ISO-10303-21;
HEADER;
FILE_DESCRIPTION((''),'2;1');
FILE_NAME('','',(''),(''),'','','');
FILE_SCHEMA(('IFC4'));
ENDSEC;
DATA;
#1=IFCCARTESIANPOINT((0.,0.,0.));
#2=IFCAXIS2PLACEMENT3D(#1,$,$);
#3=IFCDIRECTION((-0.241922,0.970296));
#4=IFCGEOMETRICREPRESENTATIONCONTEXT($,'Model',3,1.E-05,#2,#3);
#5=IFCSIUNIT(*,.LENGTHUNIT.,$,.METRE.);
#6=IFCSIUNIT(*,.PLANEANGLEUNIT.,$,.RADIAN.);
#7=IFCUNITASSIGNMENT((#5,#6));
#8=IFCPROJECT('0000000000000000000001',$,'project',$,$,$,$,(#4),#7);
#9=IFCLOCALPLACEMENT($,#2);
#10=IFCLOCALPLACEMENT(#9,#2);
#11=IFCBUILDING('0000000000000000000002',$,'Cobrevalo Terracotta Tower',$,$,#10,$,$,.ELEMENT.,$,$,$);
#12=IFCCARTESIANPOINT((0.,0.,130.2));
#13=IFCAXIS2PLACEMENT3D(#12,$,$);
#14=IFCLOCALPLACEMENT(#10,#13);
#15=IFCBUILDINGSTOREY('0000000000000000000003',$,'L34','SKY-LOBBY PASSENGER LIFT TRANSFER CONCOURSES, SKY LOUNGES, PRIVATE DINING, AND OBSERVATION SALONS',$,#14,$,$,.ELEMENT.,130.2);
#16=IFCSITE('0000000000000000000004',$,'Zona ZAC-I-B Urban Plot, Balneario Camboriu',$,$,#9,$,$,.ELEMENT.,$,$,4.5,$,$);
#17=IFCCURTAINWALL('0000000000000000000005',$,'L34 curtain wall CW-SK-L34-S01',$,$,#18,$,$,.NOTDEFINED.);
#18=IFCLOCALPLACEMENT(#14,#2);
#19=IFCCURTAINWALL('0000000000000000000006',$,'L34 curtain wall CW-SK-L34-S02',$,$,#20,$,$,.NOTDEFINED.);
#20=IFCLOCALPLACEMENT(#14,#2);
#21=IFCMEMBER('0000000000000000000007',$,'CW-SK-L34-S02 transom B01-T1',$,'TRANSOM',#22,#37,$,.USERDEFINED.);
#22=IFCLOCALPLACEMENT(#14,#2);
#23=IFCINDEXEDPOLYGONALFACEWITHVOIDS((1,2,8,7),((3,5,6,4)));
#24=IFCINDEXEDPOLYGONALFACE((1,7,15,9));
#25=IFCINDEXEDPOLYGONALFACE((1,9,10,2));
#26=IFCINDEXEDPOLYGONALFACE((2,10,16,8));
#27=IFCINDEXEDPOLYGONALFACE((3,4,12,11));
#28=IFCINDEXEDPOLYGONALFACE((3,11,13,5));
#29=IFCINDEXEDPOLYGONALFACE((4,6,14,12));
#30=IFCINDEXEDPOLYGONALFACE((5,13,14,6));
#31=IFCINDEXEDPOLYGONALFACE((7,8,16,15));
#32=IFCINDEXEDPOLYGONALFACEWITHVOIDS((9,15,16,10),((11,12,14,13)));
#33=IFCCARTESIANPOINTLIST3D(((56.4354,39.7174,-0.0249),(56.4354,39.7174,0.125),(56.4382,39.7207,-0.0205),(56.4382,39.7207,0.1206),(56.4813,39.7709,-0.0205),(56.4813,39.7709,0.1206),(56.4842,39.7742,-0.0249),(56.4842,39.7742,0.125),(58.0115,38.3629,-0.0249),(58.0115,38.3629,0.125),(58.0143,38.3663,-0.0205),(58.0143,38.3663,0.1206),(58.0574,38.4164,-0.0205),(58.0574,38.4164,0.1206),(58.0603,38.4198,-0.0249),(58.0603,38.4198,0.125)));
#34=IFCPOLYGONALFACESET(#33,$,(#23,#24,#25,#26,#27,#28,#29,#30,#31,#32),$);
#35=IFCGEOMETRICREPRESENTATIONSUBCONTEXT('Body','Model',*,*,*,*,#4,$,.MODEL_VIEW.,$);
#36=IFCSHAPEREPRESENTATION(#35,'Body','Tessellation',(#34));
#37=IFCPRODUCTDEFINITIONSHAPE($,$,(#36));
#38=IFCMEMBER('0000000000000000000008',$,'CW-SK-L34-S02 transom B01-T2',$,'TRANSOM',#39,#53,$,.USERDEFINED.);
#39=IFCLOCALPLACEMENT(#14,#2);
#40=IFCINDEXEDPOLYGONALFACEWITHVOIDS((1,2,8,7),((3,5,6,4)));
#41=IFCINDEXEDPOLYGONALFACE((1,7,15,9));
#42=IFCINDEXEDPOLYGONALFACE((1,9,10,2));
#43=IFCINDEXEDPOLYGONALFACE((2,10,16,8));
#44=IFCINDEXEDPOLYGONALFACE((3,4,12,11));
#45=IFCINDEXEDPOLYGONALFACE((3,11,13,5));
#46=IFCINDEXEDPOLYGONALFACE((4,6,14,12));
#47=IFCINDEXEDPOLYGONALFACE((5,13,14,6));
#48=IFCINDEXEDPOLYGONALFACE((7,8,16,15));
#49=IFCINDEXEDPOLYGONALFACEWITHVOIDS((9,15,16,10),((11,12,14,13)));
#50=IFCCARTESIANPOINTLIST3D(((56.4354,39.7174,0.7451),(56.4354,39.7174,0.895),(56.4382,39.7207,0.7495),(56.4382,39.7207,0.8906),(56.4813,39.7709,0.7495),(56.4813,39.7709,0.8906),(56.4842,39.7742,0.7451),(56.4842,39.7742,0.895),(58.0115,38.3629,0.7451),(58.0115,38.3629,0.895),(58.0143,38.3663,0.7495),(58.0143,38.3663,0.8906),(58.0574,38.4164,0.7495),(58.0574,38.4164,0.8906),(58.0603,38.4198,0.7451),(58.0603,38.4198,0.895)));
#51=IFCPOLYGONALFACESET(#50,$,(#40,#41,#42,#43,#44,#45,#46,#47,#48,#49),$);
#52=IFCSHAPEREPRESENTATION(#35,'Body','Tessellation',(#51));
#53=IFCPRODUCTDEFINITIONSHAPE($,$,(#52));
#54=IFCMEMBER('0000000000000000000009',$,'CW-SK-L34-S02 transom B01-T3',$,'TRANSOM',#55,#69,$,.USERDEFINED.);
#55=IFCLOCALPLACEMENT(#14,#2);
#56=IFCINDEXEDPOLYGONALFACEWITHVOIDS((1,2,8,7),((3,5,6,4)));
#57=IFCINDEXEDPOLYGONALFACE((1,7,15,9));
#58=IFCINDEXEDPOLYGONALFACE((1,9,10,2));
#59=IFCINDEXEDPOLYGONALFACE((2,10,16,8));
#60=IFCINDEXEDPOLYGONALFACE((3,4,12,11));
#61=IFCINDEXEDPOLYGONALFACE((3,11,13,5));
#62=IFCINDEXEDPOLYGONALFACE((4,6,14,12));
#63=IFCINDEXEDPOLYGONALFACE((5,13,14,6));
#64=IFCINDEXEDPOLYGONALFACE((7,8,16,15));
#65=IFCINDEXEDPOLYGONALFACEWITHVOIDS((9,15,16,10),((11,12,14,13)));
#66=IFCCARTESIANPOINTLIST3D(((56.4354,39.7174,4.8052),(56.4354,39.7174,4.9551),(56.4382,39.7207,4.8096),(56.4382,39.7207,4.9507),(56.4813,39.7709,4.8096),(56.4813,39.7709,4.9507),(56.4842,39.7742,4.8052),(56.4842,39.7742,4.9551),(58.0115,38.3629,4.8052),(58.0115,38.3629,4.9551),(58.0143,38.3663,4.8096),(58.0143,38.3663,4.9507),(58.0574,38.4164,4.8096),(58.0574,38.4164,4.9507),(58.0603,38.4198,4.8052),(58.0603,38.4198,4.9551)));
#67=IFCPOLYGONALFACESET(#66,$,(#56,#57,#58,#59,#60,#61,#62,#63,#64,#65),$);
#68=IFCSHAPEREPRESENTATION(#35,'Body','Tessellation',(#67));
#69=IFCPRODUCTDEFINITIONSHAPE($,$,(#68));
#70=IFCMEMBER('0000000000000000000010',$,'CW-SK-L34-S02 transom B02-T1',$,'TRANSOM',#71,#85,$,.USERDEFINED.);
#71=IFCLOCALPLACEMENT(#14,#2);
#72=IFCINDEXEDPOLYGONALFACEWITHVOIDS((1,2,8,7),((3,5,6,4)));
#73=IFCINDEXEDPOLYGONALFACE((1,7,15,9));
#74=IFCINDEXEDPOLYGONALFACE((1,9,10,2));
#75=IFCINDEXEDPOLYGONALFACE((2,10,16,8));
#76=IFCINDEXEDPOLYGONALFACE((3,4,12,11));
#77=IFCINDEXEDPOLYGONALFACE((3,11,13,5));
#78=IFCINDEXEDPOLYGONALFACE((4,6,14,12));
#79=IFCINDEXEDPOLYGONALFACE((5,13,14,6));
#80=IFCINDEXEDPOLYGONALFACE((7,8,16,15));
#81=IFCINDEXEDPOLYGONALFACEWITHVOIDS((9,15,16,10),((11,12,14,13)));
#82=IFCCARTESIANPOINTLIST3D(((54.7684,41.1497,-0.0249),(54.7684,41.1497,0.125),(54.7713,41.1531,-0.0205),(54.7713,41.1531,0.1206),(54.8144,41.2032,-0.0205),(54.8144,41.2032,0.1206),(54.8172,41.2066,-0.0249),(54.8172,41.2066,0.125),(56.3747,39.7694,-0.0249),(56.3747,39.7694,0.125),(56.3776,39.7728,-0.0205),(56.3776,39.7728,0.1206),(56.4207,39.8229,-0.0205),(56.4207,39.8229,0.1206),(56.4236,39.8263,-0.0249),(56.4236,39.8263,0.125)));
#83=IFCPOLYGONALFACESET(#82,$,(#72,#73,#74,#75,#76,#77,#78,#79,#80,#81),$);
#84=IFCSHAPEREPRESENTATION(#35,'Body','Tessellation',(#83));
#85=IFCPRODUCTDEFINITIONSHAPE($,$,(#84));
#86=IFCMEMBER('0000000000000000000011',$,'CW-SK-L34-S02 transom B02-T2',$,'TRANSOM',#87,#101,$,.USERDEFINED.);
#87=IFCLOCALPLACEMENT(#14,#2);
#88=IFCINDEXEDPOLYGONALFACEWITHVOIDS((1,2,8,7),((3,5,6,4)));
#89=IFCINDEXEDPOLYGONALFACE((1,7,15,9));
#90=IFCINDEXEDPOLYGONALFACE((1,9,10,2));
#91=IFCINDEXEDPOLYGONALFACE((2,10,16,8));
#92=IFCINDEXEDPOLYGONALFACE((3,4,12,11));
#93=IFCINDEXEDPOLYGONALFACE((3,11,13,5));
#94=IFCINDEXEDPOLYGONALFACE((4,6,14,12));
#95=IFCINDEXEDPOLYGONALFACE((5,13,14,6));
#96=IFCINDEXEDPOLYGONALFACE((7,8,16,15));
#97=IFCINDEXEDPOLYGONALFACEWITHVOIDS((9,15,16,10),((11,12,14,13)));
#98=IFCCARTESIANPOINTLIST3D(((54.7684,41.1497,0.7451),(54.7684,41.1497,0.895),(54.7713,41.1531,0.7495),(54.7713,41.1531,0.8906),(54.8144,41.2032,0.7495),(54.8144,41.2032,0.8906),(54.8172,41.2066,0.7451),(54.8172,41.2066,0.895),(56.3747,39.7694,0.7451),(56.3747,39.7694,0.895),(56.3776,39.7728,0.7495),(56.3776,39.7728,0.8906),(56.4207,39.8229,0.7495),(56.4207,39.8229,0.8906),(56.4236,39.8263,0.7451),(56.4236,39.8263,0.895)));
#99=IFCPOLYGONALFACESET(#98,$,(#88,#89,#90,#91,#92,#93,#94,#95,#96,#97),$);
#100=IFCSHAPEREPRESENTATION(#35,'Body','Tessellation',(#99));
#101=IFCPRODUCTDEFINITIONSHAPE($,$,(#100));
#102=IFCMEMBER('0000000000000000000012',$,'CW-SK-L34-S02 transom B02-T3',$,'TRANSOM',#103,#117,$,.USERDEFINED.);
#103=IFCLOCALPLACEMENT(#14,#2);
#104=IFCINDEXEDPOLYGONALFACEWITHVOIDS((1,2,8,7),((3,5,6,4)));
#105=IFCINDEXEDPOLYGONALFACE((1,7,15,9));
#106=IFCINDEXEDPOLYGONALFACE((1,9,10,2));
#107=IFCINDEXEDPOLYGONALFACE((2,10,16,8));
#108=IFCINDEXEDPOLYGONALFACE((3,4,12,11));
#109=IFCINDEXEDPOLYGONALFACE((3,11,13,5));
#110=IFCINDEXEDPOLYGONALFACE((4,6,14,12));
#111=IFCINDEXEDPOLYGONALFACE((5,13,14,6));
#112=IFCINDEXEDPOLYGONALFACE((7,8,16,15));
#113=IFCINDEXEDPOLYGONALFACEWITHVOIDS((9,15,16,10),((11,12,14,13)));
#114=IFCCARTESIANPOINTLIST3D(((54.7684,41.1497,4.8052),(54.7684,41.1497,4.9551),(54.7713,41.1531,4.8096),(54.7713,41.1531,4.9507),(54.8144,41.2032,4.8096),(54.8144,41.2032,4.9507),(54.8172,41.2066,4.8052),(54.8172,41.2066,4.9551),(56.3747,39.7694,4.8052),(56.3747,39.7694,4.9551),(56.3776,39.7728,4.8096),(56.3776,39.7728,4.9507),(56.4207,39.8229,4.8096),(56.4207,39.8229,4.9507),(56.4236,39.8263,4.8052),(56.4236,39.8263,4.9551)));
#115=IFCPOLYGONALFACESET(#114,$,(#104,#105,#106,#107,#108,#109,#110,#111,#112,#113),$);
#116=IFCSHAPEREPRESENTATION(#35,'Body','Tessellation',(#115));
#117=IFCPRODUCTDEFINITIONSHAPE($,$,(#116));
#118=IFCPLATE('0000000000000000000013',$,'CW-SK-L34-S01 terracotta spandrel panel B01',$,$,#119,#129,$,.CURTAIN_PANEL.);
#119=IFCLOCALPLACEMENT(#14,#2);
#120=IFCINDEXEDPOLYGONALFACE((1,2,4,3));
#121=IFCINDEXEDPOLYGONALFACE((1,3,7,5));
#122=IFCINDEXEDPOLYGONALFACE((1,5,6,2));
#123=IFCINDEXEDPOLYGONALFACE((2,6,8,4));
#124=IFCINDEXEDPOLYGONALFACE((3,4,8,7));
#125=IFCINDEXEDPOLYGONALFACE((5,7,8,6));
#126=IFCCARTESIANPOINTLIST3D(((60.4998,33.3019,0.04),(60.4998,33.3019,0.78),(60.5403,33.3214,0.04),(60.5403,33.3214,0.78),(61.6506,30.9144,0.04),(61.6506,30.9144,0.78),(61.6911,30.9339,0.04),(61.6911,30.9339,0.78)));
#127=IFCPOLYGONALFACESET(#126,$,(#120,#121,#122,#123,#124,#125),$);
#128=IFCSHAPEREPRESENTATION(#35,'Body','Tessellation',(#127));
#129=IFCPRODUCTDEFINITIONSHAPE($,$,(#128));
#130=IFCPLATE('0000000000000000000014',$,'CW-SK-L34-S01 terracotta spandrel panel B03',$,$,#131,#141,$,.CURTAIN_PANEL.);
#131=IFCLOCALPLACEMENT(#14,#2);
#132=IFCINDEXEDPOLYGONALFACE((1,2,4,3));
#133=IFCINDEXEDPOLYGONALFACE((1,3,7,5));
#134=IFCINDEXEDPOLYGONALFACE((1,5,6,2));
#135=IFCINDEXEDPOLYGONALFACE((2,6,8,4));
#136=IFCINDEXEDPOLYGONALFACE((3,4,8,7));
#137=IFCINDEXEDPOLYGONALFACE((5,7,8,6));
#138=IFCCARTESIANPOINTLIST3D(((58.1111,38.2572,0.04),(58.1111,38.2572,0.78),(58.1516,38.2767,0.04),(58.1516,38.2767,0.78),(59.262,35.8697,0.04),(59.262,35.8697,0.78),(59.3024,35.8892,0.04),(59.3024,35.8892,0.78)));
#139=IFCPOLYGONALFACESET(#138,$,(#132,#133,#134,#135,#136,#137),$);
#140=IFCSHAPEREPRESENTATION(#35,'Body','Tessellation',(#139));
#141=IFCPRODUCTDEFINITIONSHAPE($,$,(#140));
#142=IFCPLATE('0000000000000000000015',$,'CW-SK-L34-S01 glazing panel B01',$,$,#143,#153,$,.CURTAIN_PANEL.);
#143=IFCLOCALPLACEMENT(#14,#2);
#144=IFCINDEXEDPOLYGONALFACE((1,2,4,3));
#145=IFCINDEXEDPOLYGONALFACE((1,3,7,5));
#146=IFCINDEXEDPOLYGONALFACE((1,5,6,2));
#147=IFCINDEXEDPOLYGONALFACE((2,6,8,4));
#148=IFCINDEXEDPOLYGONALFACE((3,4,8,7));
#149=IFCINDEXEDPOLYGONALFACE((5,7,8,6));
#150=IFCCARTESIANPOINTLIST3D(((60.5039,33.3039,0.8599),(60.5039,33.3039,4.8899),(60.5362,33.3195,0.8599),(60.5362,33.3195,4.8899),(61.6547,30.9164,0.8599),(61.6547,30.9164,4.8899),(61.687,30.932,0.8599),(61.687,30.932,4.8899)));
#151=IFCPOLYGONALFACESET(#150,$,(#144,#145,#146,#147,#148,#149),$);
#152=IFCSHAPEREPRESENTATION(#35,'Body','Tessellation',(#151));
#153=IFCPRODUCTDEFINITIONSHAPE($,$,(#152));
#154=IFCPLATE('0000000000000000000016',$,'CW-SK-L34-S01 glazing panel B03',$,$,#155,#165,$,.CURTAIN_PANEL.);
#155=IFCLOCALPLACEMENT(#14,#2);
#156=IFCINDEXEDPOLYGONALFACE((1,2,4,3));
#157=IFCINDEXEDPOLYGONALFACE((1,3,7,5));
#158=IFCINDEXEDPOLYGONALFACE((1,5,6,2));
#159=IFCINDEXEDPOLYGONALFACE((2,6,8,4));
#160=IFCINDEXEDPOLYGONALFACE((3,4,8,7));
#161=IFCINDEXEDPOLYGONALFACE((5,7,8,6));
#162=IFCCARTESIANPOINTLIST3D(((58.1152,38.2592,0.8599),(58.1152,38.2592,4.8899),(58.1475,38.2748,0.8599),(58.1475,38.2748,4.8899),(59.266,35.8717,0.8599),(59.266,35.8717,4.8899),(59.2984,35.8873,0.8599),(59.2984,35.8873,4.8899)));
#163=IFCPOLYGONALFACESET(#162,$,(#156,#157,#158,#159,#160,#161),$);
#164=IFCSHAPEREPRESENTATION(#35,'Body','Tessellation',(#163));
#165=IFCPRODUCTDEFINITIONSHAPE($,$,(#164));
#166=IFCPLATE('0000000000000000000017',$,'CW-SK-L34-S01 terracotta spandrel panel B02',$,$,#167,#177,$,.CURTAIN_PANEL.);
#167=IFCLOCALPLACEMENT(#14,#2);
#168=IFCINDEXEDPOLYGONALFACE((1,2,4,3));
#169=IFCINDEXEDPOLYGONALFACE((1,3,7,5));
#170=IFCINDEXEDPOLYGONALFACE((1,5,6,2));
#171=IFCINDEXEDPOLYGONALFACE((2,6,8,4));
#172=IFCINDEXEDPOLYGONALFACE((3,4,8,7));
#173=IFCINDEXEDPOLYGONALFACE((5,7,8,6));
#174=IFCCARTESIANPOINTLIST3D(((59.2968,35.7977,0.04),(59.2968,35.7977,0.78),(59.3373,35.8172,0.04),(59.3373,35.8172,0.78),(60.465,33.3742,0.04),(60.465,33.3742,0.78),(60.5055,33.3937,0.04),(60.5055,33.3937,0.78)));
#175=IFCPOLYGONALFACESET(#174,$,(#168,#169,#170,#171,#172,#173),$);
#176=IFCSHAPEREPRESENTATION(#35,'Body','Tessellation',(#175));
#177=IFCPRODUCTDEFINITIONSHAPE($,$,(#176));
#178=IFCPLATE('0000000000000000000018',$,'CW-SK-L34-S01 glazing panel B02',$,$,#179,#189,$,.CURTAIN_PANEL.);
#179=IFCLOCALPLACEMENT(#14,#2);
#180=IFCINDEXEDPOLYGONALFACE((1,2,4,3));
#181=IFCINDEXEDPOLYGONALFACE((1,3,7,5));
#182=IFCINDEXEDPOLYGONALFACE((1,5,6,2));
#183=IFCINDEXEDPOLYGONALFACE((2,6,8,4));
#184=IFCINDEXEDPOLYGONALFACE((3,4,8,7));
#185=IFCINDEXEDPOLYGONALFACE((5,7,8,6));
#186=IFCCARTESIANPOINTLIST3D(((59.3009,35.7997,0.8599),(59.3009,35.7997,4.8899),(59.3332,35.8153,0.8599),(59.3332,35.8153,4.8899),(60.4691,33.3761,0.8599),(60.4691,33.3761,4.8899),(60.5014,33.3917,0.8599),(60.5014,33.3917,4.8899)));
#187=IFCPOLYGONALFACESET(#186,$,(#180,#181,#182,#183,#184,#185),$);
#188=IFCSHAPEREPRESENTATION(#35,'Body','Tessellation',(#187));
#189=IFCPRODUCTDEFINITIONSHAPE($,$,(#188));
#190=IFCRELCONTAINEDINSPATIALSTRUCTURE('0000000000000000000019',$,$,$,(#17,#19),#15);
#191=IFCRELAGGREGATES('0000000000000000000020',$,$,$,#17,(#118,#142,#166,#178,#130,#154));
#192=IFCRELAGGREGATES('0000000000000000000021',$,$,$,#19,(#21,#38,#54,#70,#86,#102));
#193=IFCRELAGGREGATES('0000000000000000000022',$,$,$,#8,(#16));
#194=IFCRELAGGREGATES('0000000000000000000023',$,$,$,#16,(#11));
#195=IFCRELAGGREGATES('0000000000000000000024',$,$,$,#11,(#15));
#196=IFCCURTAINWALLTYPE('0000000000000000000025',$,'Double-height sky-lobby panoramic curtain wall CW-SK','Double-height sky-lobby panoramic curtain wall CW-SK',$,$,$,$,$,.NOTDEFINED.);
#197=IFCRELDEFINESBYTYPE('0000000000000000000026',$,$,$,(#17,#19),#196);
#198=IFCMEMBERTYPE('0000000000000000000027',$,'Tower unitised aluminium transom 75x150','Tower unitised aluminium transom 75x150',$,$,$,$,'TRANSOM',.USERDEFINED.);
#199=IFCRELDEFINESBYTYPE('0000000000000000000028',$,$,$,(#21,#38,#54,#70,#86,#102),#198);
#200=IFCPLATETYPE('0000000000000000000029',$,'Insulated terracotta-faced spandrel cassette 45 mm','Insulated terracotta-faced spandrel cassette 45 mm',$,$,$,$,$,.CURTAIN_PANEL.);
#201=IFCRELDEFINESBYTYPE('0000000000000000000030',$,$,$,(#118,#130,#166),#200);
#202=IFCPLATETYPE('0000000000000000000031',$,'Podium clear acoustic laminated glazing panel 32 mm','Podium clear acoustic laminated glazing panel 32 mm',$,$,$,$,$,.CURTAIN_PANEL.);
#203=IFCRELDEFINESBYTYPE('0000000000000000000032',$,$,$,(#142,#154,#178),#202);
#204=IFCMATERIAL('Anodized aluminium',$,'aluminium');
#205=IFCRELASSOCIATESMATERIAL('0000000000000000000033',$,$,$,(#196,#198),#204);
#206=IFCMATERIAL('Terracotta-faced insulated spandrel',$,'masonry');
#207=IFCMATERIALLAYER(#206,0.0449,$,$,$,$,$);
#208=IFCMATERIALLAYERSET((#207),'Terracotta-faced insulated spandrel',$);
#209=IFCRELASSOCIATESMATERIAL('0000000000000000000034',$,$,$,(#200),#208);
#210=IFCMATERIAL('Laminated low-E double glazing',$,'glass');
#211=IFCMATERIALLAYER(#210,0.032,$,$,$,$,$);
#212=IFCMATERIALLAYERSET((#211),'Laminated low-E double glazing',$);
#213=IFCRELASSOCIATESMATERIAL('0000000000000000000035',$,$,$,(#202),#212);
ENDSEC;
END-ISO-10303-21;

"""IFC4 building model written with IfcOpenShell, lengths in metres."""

from ifc_helpers import new_model, si_unit, direction, frame, origin, origin_2d, place, context, subcontext, project, spatial, rectangle, hollow_rectangle, extrude, source, transform, mapped, material, layer, layer_set, material_profile, profile_set, type_object, element, aggregate, save


model = new_model("IFC4")

# Units and contexts
model_context = context("Model", 3, precision=1e-05, world=origin(), true_north=direction((-0.241922, 0.970296)))
body_context = subcontext(model_context, "Body", "Model", "MODEL_VIEW")
ifc_project = project(units=[si_unit("LENGTHUNIT", "METRE"), si_unit("PLANEANGLEUNIT", "RADIAN")], contexts=[model_context])

# Site, building, storey
site_placement = place(None, origin())
site = spatial("IfcSite", under=ifc_project, at=site_placement, Name="Zona ZAC-I-B Urban Plot, Balneario Camboriu", CompositionType="ELEMENT", RefElevation=4.5)
building_placement = place(site_placement, origin())
building = spatial("IfcBuilding", under=site, at=building_placement, Name="Cobrevalo Terracotta Tower", CompositionType="ELEMENT")
storey_placement = place(building_placement, frame((0.0, 0.0, 130.2)))
storey = spatial("IfcBuildingStorey", under=building, at=storey_placement, Name="L34", Description="SKY-LOBBY PASSENGER LIFT TRANSFER CONCOURSES, SKY LOUNGES, PRIVATE DINING, AND OBSERVATION SALONS", CompositionType="ELEMENT", Elevation=130.2)

# Curtain walls
ifc_material_1 = material(Name="Anodized aluminium", Category="aluminium")
curtain_wall_type = type_object("IfcCurtainWallType", Name="Double-height sky-lobby panoramic curtain wall CW-SK", Description="Double-height sky-lobby panoramic curtain wall CW-SK", PredefinedType="NOTDEFINED", material=ifc_material_1)
curtain_wall_1_placement = place(storey_placement, origin())
curtain_wall_1 = element("IfcCurtainWall", 1, at=curtain_wall_1_placement, inside=storey, type_object=curtain_wall_type, Name="L34 curtain wall CW-SK-L34-S01", PredefinedType="NOTDEFINED")
curtain_wall_2_placement = place(storey_placement, origin())
curtain_wall_2 = element("IfcCurtainWall", 2, at=curtain_wall_2_placement, inside=storey, type_object=curtain_wall_type, Name="L34 curtain wall CW-SK-L34-S02", PredefinedType="NOTDEFINED")

# Members
ifc_material_profile_1 = material_profile(ifc_material_1, hollow_rectangle(XDim=0.075, YDim=0.1499, WallThickness=0.0044, at=origin_2d()), Name="CWT 75x150")
ifc_profile_set_1 = profile_set([ifc_material_profile_1], Name="Anodized aluminium")
member_type_1 = type_object("IfcMemberType", Name="Tower unitised aluminium transom 75x150", Description="Tower unitised aluminium transom 75x150", ElementType="TRANSOM", PredefinedType="USERDEFINED", material=ifc_profile_set_1)
shared_shape_1 = source(origin(), body_context, "Body", "SweptSolid", [
    extrude(hollow_rectangle(XDim=0.075, YDim=0.1499, WallThickness=0.0044, at=origin_2d()), origin(), (0.0, 0.0, 1.0), 2.0781),
])
member_1_placement = place(storey_placement, frame((58.0359, 38.3914, 0.05), z_axis=(-0.758427, 0.651758, 0.0), x_axis=(-0.651758, -0.758427, 0.0)))
member_1 = element("IfcMember", 3, at=member_1_placement, type_object=member_type_1, Name="CW-SK-L34-S02 transom B01-T1", ObjectType="TRANSOM", PredefinedType="USERDEFINED", context=body_context, shape_type="MappedRepresentation", body=[
    mapped(shared_shape_1, transform((0.0, 0.0, 0.0), scale=1.0)),
])
member_2_placement = place(storey_placement, frame((58.0359, 38.3914, 0.8201), z_axis=(-0.758427, 0.651758, 0.0), x_axis=(-0.651758, -0.758427, 0.0)))
member_2 = element("IfcMember", 4, at=member_2_placement, type_object=member_type_1, Name="CW-SK-L34-S02 transom B01-T2", ObjectType="TRANSOM", PredefinedType="USERDEFINED", context=body_context, shape_type="MappedRepresentation", body=[
    mapped(shared_shape_1, transform((0.0, 0.0, 0.0), scale=1.0)),
])
member_3_placement = place(storey_placement, frame((58.0359, 38.3914, 4.8801), z_axis=(-0.758427, 0.651758, 0.0), x_axis=(-0.651758, -0.758427, 0.0)))
member_3 = element("IfcMember", 5, at=member_3_placement, type_object=member_type_1, Name="CW-SK-L34-S02 transom B01-T3", ObjectType="TRANSOM", PredefinedType="USERDEFINED", context=body_context, shape_type="MappedRepresentation", body=[
    mapped(shared_shape_1, transform((0.0, 0.0, 0.0), scale=1.0)),
])
shared_shape_2 = source(origin(), body_context, "Body", "SweptSolid", [
    extrude(hollow_rectangle(XDim=0.075, YDim=0.1499, WallThickness=0.0044, at=origin_2d()), origin(), (0.0, 0.0, 1.0), 2.1179),
])
member_4_placement = place(storey_placement, frame((56.3992, 39.7979, 0.05), z_axis=(-0.758459, 0.651721, 0.0), x_axis=(-0.651721, -0.758459, 0.0)))
member_4 = element("IfcMember", 6, at=member_4_placement, type_object=member_type_1, Name="CW-SK-L34-S02 transom B02-T1", ObjectType="TRANSOM", PredefinedType="USERDEFINED", context=body_context, shape_type="MappedRepresentation", body=[
    mapped(shared_shape_2, transform((0.0, 0.0, 0.0), scale=1.0)),
])
member_5_placement = place(storey_placement, frame((56.3992, 39.7979, 0.8201), z_axis=(-0.758459, 0.651721, 0.0), x_axis=(-0.651721, -0.758459, 0.0)))
member_5 = element("IfcMember", 7, at=member_5_placement, type_object=member_type_1, Name="CW-SK-L34-S02 transom B02-T2", ObjectType="TRANSOM", PredefinedType="USERDEFINED", context=body_context, shape_type="MappedRepresentation", body=[
    mapped(shared_shape_2, transform((0.0, 0.0, 0.0), scale=1.0)),
])
member_6_placement = place(storey_placement, frame((56.3992, 39.7979, 4.8801), z_axis=(-0.758459, 0.651721, 0.0), x_axis=(-0.651721, -0.758459, 0.0)))
member_6 = element("IfcMember", 8, at=member_6_placement, type_object=member_type_1, Name="CW-SK-L34-S02 transom B02-T3", ObjectType="TRANSOM", PredefinedType="USERDEFINED", context=body_context, shape_type="MappedRepresentation", body=[
    mapped(shared_shape_2, transform((0.0, 0.0, 0.0), scale=1.0)),
])

# Plates
ifc_material_2 = material(Name="Terracotta-faced insulated spandrel", Category="masonry")
ifc_layer_1 = layer(ifc_material_2, 0.0449)
ifc_layer_set_1 = layer_set([ifc_layer_1], Name="Terracotta-faced insulated spandrel")
plate_type_1 = type_object("IfcPlateType", Name="Insulated terracotta-faced spandrel cassette 45 mm", Description="Insulated terracotta-faced spandrel cassette 45 mm", PredefinedType="CURTAIN_PANEL", material=ifc_layer_set_1)
shared_shape_3 = source(origin(), body_context, "Body", "SweptSolid", [
    extrude(rectangle(XDim=2.6504, YDim=0.0449, at=origin_2d()), origin(), (0.0, 0.0, 1.0), 0.74),
])
plate_1_placement = place(storey_placement, frame((61.0955, 32.1179, 0.04), z_axis=(0.0, 0.0, 1.0), x_axis=(-0.434209, 0.900812, 0.0)))
plate_1 = element("IfcPlate", 9, at=plate_1_placement, type_object=plate_type_1, Name="CW-SK-L34-S01 terracotta spandrel panel B01", PredefinedType="CURTAIN_PANEL", context=body_context, shape_type="MappedRepresentation", body=[
    mapped(shared_shape_3, transform((0.0, 0.0, 0.0), scale=1.0)),
])
plate_2_placement = place(storey_placement, frame((58.7068, 37.0732, 0.04), z_axis=(0.0, 0.0, 1.0), x_axis=(-0.434209, 0.900812, 0.0)))
plate_2 = element("IfcPlate", 10, at=plate_2_placement, type_object=plate_type_1, Name="CW-SK-L34-S01 terracotta spandrel panel B03", PredefinedType="CURTAIN_PANEL", context=body_context, shape_type="MappedRepresentation", body=[
    mapped(shared_shape_3, transform((0.0, 0.0, 0.0), scale=1.0)),
])
ifc_material_3 = material(Name="Laminated low-E double glazing", Category="glass")
ifc_layer_2 = layer(ifc_material_3, 0.032)
ifc_layer_set_2 = layer_set([ifc_layer_2], Name="Laminated low-E double glazing")
plate_type_2 = type_object("IfcPlateType", Name="Podium clear acoustic laminated glazing panel 32 mm", Description="Podium clear acoustic laminated glazing panel 32 mm", PredefinedType="CURTAIN_PANEL", material=ifc_layer_set_2)
shared_shape_4 = source(origin(), body_context, "Body", "SweptSolid", [
    extrude(rectangle(XDim=2.6504, YDim=0.0359, at=origin_2d()), origin(), (0.0, 0.0, 1.0), 4.03),
])
plate_3_placement = place(storey_placement, frame((61.0955, 32.1179, 0.8599), z_axis=(0.0, 0.0, 1.0), x_axis=(-0.434209, 0.900812, 0.0)))
plate_3 = element("IfcPlate", 11, at=plate_3_placement, type_object=plate_type_2, Name="CW-SK-L34-S01 glazing panel B01", PredefinedType="CURTAIN_PANEL", context=body_context, shape_type="MappedRepresentation", body=[
    mapped(shared_shape_4, transform((0.0, 0.0, 0.0), scale=1.0)),
])
plate_4_placement = place(storey_placement, frame((58.7068, 37.0732, 0.8599), z_axis=(0.0, 0.0, 1.0), x_axis=(-0.434209, 0.900812, 0.0)))
plate_4 = element("IfcPlate", 12, at=plate_4_placement, type_object=plate_type_2, Name="CW-SK-L34-S01 glazing panel B03", PredefinedType="CURTAIN_PANEL", context=body_context, shape_type="MappedRepresentation", body=[
    mapped(shared_shape_4, transform((0.0, 0.0, 0.0), scale=1.0)),
])
shared_shape_5 = source(origin(), body_context, "Body", "SweptSolid", [
    extrude(rectangle(XDim=2.6904, YDim=0.0449, at=origin_2d()), origin(), (0.0, 0.0, 1.0), 0.74),
])
plate_5_placement = place(storey_placement, frame((59.9011, 34.5957, 0.04), z_axis=(0.0, 0.0, 1.0), x_axis=(-0.434209, 0.900812, 0.0)))
plate_5 = element("IfcPlate", 13, at=plate_5_placement, type_object=plate_type_1, Name="CW-SK-L34-S01 terracotta spandrel panel B02", PredefinedType="CURTAIN_PANEL", context=body_context, shape_type="MappedRepresentation", body=[
    mapped(shared_shape_5, transform((0.0, 0.0, 0.0), scale=1.0)),
])
shared_shape_6 = source(origin(), body_context, "Body", "SweptSolid", [
    extrude(rectangle(XDim=2.6904, YDim=0.0359, at=origin_2d()), origin(), (0.0, 0.0, 1.0), 4.03),
])
plate_6_placement = place(storey_placement, frame((59.9011, 34.5957, 0.8599), z_axis=(0.0, 0.0, 1.0), x_axis=(-0.434209, 0.900812, 0.0)))
plate_6 = element("IfcPlate", 14, at=plate_6_placement, type_object=plate_type_2, Name="CW-SK-L34-S01 glazing panel B02", PredefinedType="CURTAIN_PANEL", context=body_context, shape_type="MappedRepresentation", body=[
    mapped(shared_shape_6, transform((0.0, 0.0, 0.0), scale=1.0)),
])
aggregate(curtain_wall_1, [plate_1, plate_3, plate_5, plate_6, plate_2, plate_4])
aggregate(curtain_wall_2, [member_1, member_2, member_3, member_4, member_5, member_6])

save(model, "model.ifc")
